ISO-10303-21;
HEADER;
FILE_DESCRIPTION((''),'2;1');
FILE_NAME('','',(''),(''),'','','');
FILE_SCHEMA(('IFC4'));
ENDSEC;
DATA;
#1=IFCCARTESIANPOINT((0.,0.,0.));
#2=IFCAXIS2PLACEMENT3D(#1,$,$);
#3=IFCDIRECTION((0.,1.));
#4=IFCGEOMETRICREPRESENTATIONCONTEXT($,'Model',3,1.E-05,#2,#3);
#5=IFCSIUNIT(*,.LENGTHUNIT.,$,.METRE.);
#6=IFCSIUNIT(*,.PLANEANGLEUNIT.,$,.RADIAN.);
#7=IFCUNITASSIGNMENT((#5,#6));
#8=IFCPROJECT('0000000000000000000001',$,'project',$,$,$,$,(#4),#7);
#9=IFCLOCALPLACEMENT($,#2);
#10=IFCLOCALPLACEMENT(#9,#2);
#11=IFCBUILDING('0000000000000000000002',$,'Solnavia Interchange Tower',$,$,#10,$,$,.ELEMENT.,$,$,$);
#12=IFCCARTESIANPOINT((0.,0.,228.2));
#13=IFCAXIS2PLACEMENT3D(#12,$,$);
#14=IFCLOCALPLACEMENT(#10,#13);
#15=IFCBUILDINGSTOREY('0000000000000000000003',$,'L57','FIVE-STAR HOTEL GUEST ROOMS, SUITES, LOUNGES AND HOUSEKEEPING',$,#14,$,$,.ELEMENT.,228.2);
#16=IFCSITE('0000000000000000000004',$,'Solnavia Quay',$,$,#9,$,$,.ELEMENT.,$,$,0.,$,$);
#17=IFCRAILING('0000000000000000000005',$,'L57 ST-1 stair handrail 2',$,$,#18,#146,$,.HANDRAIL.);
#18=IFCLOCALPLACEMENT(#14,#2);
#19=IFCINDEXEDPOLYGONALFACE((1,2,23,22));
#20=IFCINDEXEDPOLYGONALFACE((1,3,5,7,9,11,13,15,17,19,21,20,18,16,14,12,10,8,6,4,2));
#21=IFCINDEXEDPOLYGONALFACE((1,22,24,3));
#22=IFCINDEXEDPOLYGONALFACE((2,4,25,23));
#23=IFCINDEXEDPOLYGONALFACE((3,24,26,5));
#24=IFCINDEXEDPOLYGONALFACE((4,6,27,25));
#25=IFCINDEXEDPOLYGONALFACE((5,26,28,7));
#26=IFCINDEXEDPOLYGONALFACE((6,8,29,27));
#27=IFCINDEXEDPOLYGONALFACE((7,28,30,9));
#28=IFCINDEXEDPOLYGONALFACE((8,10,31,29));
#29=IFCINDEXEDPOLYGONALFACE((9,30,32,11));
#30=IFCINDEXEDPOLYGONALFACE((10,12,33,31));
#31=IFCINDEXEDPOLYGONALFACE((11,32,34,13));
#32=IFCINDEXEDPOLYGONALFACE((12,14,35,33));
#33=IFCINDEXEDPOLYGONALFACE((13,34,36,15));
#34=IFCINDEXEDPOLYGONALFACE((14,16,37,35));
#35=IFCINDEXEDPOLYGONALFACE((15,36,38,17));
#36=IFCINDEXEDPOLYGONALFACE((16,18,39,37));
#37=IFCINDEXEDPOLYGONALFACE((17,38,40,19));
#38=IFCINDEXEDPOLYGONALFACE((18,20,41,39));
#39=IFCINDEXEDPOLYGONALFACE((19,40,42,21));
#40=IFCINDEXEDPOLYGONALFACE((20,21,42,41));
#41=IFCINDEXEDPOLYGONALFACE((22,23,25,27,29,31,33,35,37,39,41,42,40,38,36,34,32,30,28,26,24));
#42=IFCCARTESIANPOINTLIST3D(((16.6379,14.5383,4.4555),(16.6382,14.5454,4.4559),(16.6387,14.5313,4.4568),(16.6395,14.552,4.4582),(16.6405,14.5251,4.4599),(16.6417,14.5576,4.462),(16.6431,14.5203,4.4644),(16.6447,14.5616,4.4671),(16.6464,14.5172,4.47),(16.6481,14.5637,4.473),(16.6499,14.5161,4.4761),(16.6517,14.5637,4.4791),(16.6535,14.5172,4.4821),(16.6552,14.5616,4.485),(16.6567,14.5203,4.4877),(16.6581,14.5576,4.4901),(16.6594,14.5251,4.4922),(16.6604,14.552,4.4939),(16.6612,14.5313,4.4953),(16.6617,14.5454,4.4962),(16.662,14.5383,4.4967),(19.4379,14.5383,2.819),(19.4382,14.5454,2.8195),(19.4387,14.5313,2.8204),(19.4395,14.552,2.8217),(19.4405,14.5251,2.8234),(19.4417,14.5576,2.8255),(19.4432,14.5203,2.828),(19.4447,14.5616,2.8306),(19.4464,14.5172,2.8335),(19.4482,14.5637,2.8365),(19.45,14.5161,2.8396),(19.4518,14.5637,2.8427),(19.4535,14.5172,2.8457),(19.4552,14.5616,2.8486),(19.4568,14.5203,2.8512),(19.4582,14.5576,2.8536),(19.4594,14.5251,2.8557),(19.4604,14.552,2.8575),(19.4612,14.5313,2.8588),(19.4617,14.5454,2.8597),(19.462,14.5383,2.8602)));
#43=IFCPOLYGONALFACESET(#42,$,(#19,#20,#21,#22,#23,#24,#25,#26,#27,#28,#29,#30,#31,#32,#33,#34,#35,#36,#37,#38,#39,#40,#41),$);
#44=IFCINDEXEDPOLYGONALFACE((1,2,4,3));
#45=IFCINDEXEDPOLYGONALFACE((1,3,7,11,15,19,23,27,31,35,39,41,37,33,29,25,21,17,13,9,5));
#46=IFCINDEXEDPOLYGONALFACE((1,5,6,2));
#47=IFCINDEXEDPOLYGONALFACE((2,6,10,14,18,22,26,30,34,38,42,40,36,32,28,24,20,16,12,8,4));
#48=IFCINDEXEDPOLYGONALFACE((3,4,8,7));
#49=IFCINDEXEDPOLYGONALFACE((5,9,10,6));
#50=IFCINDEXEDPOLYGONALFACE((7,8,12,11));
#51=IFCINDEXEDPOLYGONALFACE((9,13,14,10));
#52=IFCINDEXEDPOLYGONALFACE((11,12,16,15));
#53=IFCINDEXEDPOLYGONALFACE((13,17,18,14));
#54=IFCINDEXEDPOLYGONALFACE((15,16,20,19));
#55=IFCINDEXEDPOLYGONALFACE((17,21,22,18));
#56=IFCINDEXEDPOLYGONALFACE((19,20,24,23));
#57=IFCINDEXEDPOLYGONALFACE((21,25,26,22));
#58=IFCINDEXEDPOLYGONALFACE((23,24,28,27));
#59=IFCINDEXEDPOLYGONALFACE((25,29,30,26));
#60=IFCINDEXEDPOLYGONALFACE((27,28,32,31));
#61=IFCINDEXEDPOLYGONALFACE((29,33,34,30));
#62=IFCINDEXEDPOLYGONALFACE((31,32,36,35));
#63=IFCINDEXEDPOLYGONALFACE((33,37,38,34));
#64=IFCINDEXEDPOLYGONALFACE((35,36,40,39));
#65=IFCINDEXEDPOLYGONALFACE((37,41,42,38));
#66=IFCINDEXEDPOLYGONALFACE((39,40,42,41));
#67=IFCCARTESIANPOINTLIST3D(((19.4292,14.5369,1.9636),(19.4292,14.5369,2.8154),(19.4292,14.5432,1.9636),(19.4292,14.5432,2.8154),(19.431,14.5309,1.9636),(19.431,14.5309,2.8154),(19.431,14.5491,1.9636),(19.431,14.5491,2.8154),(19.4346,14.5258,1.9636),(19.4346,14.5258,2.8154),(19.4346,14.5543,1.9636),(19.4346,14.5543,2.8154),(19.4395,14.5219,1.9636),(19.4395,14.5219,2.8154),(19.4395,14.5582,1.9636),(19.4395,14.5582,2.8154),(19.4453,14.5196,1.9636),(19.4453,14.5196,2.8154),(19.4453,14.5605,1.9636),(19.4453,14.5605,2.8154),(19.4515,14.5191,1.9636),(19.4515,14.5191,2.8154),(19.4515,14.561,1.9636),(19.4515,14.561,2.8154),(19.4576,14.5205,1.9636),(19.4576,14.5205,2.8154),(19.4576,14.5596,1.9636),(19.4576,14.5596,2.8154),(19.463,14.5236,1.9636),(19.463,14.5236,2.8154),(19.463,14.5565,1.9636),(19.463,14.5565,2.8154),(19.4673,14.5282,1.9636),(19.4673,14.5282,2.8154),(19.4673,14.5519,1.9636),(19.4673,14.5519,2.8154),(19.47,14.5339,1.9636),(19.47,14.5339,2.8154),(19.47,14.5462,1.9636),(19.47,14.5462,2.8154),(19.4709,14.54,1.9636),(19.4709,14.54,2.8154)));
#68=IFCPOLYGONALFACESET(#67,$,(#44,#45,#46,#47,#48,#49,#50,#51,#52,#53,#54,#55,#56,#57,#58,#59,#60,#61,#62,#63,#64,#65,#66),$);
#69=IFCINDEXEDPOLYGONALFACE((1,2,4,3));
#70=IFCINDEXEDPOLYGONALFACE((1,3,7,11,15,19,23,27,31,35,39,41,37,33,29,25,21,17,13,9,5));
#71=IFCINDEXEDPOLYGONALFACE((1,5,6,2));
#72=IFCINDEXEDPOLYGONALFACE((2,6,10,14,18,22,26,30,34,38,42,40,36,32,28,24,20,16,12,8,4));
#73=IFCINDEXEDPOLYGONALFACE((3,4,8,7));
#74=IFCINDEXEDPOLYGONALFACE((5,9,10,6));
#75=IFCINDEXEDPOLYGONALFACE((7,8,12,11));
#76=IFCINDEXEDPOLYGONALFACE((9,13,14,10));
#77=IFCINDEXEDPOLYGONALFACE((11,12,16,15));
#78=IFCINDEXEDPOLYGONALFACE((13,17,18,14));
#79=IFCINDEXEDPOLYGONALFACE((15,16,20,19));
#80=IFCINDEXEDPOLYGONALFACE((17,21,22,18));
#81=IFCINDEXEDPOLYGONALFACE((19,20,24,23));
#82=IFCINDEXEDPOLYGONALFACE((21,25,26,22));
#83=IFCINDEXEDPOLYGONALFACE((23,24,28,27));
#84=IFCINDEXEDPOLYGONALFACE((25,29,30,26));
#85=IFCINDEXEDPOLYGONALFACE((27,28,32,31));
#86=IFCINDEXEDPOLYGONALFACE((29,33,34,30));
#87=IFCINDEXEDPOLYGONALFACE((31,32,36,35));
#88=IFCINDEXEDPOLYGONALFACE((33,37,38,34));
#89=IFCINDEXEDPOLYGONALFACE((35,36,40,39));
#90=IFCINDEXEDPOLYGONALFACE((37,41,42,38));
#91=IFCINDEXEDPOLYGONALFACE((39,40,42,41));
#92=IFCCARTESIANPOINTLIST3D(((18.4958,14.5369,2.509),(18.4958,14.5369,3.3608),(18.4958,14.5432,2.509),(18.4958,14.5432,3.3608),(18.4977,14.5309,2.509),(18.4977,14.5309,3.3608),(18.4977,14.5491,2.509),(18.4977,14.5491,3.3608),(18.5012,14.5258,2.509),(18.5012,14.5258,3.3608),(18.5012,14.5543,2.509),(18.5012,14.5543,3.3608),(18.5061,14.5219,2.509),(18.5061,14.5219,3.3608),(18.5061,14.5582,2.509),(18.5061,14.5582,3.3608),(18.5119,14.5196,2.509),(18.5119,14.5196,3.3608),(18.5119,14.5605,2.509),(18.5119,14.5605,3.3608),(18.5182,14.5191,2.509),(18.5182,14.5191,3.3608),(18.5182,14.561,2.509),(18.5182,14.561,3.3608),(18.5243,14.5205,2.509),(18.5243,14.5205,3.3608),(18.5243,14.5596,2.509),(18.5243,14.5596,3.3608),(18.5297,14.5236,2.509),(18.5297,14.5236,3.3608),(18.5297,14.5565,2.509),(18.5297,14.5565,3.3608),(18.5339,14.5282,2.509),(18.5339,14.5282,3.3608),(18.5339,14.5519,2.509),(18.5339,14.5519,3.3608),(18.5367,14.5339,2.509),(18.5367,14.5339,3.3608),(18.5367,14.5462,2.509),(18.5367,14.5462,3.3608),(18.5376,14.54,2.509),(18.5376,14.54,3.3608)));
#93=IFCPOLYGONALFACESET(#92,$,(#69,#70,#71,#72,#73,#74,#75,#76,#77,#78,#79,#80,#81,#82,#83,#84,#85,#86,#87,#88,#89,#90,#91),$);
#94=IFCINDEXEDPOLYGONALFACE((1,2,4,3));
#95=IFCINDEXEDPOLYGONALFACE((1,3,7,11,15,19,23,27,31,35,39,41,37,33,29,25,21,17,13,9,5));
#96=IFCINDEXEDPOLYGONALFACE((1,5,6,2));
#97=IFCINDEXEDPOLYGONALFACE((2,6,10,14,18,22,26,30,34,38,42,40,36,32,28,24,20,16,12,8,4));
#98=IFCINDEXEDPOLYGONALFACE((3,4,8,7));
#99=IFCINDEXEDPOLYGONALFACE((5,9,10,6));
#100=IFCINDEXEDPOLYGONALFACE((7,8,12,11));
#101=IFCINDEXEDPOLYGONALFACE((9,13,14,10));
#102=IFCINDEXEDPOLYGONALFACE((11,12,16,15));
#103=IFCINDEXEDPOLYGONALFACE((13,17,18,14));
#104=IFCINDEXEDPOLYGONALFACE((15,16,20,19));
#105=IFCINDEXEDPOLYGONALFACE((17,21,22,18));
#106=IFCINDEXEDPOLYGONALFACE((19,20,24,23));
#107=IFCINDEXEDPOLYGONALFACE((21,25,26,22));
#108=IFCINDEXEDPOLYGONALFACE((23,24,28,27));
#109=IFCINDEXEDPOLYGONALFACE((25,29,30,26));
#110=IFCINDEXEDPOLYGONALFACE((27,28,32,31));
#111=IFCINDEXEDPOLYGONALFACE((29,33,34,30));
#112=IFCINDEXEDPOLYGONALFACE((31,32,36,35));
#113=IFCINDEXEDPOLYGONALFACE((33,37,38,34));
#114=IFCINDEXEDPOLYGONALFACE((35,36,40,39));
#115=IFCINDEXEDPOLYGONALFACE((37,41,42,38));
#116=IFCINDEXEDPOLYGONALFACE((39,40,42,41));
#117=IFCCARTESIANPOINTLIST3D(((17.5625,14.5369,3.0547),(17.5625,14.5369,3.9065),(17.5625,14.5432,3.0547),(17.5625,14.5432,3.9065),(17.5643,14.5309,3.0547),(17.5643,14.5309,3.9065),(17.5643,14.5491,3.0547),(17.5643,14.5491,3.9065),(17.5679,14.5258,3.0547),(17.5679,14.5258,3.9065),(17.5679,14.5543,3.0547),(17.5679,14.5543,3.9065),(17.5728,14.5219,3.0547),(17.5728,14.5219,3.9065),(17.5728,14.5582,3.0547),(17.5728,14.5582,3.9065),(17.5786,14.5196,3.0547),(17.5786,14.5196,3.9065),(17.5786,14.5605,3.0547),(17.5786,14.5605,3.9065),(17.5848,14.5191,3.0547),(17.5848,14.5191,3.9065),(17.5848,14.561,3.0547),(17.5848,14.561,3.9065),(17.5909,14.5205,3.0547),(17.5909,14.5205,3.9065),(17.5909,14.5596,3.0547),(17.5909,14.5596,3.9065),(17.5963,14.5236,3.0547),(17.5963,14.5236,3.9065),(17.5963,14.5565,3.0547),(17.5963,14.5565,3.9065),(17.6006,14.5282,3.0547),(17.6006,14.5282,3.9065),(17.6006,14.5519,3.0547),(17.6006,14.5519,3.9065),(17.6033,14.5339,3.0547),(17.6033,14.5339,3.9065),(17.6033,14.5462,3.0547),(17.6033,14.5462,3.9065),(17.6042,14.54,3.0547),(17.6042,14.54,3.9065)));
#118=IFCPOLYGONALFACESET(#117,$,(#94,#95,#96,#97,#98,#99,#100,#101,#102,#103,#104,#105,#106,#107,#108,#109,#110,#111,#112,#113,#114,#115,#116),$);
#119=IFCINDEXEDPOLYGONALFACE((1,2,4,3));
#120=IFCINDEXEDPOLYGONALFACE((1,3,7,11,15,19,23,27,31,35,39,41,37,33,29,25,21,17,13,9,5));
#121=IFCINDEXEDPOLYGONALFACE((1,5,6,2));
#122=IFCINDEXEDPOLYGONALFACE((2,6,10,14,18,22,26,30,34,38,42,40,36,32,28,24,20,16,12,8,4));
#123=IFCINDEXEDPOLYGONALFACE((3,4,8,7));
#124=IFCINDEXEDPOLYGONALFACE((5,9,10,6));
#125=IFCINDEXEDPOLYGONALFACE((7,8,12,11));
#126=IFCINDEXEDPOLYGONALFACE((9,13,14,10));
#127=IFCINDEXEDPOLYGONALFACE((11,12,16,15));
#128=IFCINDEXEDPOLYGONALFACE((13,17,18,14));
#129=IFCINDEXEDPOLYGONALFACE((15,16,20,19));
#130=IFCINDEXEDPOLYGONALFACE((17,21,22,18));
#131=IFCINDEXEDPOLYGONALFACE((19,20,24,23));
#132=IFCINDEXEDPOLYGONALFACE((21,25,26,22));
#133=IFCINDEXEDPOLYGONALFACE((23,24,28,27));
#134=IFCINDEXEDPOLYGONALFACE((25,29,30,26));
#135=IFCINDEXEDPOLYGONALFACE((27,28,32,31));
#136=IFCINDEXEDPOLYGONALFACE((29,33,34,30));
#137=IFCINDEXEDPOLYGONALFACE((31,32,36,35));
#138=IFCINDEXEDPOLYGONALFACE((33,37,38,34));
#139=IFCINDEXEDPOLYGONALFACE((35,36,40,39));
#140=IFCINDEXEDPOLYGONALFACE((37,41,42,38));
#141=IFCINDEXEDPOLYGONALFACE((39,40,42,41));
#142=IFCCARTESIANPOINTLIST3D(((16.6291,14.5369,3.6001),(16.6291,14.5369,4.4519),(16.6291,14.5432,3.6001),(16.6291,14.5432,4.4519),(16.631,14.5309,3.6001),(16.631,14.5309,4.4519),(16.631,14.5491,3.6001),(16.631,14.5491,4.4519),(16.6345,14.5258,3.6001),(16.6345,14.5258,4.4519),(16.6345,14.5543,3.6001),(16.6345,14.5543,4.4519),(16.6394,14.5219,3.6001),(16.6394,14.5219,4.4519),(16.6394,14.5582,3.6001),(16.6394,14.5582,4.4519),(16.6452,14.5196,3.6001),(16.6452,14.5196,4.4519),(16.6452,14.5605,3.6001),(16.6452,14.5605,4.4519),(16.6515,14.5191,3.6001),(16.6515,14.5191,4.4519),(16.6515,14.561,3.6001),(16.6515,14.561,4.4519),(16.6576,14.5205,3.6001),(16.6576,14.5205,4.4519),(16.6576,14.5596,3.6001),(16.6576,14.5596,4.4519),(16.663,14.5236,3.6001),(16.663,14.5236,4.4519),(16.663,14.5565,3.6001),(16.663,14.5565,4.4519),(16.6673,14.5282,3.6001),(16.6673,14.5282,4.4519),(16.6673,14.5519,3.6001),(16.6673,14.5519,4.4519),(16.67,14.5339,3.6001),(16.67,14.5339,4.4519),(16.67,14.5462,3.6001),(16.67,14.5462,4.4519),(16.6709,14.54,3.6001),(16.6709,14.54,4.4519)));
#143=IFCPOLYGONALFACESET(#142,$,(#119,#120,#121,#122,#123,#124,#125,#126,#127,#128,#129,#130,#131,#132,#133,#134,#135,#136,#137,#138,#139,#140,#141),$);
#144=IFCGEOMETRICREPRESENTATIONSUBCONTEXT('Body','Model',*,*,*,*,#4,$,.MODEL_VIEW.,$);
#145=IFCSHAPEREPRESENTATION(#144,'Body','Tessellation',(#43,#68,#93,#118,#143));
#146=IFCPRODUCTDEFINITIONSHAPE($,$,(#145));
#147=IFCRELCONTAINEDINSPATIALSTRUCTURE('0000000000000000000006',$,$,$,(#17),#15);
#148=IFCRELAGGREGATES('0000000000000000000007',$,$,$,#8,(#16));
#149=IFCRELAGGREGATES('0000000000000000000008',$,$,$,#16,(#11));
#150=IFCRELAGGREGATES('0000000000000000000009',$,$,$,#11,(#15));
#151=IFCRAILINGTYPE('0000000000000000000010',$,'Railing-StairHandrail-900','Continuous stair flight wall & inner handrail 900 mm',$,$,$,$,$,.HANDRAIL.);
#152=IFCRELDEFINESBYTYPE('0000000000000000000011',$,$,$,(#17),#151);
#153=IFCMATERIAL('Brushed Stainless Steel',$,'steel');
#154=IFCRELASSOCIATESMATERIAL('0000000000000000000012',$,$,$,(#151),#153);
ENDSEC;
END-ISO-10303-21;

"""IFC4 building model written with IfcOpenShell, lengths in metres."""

from ifc_helpers import new_model, si_unit, direction, frame, origin, origin_2d, place, context, subcontext, project, spatial, circle, extrude, material, type_object, element, save


model = new_model("IFC4")

# Units and contexts
model_context = context("Model", 3, precision=1e-05, world=origin(), true_north=direction((0.0, 1.0)))
body_context = subcontext(model_context, "Body", "Model", "MODEL_VIEW")
ifc_project = project(units=[si_unit("LENGTHUNIT", "METRE"), si_unit("PLANEANGLEUNIT", "RADIAN")], contexts=[model_context])

# Site, building, storey
site_placement = place(None, origin())
site = spatial("IfcSite", under=ifc_project, at=site_placement, Name="Solnavia Quay", CompositionType="ELEMENT", RefElevation=0.0)
building_placement = place(site_placement, origin())
building = spatial("IfcBuilding", under=site, at=building_placement, Name="Solnavia Interchange Tower", CompositionType="ELEMENT")
storey_placement = place(building_placement, frame((0.0, 0.0, 228.2)))
storey = spatial("IfcBuildingStorey", under=building, at=storey_placement, Name="L57", Description="FIVE-STAR HOTEL GUEST ROOMS, SUITES, LOUNGES AND HOUSEKEEPING", CompositionType="ELEMENT", Elevation=228.2)

# Railing
ifc_material_1 = material(Name="Brushed Stainless Steel", Category="steel")
railing_type = type_object("IfcRailingType", Name="Railing-StairHandrail-900", Description="Continuous stair flight wall & inner handrail 900 mm", PredefinedType="HANDRAIL", material=ifc_material_1)
railing_placement = place(storey_placement, frame((19.45, 14.54, 1.9636)))
element("IfcRailing", 1, at=railing_placement, inside=storey, type_object=railing_type, Name="L57 ST-1 stair handrail 2", PredefinedType="HANDRAIL", context=body_context, shape_type="SweptSolid", body=[
    extrude(circle(Radius=0.0239, at=origin_2d()), frame((0.0, 0.0, 0.876), z_axis=(-0.863361, 0.0, 0.504587), x_axis=(0.0, -1.0, 0.0)), (0.0, 0.0, 1.0), 3.2432),
    extrude(circle(Radius=0.021, at=origin_2d()), origin(), (0.0, 0.0, 1.0), 0.8518),
    extrude(circle(Radius=0.021, at=origin_2d()), frame((-0.9333, 0.0, 0.5454)), (0.0, 0.0, 1.0), 0.8518),
    extrude(circle(Radius=0.021, at=origin_2d()), frame((-1.8667, 0.0, 1.0911)), (0.0, 0.0, 1.0), 0.8518),
    extrude(circle(Radius=0.021, at=origin_2d()), frame((-2.8, 0.0, 1.6365)), (0.0, 0.0, 1.0), 0.8518),
])

save(model, "model.ifc")
